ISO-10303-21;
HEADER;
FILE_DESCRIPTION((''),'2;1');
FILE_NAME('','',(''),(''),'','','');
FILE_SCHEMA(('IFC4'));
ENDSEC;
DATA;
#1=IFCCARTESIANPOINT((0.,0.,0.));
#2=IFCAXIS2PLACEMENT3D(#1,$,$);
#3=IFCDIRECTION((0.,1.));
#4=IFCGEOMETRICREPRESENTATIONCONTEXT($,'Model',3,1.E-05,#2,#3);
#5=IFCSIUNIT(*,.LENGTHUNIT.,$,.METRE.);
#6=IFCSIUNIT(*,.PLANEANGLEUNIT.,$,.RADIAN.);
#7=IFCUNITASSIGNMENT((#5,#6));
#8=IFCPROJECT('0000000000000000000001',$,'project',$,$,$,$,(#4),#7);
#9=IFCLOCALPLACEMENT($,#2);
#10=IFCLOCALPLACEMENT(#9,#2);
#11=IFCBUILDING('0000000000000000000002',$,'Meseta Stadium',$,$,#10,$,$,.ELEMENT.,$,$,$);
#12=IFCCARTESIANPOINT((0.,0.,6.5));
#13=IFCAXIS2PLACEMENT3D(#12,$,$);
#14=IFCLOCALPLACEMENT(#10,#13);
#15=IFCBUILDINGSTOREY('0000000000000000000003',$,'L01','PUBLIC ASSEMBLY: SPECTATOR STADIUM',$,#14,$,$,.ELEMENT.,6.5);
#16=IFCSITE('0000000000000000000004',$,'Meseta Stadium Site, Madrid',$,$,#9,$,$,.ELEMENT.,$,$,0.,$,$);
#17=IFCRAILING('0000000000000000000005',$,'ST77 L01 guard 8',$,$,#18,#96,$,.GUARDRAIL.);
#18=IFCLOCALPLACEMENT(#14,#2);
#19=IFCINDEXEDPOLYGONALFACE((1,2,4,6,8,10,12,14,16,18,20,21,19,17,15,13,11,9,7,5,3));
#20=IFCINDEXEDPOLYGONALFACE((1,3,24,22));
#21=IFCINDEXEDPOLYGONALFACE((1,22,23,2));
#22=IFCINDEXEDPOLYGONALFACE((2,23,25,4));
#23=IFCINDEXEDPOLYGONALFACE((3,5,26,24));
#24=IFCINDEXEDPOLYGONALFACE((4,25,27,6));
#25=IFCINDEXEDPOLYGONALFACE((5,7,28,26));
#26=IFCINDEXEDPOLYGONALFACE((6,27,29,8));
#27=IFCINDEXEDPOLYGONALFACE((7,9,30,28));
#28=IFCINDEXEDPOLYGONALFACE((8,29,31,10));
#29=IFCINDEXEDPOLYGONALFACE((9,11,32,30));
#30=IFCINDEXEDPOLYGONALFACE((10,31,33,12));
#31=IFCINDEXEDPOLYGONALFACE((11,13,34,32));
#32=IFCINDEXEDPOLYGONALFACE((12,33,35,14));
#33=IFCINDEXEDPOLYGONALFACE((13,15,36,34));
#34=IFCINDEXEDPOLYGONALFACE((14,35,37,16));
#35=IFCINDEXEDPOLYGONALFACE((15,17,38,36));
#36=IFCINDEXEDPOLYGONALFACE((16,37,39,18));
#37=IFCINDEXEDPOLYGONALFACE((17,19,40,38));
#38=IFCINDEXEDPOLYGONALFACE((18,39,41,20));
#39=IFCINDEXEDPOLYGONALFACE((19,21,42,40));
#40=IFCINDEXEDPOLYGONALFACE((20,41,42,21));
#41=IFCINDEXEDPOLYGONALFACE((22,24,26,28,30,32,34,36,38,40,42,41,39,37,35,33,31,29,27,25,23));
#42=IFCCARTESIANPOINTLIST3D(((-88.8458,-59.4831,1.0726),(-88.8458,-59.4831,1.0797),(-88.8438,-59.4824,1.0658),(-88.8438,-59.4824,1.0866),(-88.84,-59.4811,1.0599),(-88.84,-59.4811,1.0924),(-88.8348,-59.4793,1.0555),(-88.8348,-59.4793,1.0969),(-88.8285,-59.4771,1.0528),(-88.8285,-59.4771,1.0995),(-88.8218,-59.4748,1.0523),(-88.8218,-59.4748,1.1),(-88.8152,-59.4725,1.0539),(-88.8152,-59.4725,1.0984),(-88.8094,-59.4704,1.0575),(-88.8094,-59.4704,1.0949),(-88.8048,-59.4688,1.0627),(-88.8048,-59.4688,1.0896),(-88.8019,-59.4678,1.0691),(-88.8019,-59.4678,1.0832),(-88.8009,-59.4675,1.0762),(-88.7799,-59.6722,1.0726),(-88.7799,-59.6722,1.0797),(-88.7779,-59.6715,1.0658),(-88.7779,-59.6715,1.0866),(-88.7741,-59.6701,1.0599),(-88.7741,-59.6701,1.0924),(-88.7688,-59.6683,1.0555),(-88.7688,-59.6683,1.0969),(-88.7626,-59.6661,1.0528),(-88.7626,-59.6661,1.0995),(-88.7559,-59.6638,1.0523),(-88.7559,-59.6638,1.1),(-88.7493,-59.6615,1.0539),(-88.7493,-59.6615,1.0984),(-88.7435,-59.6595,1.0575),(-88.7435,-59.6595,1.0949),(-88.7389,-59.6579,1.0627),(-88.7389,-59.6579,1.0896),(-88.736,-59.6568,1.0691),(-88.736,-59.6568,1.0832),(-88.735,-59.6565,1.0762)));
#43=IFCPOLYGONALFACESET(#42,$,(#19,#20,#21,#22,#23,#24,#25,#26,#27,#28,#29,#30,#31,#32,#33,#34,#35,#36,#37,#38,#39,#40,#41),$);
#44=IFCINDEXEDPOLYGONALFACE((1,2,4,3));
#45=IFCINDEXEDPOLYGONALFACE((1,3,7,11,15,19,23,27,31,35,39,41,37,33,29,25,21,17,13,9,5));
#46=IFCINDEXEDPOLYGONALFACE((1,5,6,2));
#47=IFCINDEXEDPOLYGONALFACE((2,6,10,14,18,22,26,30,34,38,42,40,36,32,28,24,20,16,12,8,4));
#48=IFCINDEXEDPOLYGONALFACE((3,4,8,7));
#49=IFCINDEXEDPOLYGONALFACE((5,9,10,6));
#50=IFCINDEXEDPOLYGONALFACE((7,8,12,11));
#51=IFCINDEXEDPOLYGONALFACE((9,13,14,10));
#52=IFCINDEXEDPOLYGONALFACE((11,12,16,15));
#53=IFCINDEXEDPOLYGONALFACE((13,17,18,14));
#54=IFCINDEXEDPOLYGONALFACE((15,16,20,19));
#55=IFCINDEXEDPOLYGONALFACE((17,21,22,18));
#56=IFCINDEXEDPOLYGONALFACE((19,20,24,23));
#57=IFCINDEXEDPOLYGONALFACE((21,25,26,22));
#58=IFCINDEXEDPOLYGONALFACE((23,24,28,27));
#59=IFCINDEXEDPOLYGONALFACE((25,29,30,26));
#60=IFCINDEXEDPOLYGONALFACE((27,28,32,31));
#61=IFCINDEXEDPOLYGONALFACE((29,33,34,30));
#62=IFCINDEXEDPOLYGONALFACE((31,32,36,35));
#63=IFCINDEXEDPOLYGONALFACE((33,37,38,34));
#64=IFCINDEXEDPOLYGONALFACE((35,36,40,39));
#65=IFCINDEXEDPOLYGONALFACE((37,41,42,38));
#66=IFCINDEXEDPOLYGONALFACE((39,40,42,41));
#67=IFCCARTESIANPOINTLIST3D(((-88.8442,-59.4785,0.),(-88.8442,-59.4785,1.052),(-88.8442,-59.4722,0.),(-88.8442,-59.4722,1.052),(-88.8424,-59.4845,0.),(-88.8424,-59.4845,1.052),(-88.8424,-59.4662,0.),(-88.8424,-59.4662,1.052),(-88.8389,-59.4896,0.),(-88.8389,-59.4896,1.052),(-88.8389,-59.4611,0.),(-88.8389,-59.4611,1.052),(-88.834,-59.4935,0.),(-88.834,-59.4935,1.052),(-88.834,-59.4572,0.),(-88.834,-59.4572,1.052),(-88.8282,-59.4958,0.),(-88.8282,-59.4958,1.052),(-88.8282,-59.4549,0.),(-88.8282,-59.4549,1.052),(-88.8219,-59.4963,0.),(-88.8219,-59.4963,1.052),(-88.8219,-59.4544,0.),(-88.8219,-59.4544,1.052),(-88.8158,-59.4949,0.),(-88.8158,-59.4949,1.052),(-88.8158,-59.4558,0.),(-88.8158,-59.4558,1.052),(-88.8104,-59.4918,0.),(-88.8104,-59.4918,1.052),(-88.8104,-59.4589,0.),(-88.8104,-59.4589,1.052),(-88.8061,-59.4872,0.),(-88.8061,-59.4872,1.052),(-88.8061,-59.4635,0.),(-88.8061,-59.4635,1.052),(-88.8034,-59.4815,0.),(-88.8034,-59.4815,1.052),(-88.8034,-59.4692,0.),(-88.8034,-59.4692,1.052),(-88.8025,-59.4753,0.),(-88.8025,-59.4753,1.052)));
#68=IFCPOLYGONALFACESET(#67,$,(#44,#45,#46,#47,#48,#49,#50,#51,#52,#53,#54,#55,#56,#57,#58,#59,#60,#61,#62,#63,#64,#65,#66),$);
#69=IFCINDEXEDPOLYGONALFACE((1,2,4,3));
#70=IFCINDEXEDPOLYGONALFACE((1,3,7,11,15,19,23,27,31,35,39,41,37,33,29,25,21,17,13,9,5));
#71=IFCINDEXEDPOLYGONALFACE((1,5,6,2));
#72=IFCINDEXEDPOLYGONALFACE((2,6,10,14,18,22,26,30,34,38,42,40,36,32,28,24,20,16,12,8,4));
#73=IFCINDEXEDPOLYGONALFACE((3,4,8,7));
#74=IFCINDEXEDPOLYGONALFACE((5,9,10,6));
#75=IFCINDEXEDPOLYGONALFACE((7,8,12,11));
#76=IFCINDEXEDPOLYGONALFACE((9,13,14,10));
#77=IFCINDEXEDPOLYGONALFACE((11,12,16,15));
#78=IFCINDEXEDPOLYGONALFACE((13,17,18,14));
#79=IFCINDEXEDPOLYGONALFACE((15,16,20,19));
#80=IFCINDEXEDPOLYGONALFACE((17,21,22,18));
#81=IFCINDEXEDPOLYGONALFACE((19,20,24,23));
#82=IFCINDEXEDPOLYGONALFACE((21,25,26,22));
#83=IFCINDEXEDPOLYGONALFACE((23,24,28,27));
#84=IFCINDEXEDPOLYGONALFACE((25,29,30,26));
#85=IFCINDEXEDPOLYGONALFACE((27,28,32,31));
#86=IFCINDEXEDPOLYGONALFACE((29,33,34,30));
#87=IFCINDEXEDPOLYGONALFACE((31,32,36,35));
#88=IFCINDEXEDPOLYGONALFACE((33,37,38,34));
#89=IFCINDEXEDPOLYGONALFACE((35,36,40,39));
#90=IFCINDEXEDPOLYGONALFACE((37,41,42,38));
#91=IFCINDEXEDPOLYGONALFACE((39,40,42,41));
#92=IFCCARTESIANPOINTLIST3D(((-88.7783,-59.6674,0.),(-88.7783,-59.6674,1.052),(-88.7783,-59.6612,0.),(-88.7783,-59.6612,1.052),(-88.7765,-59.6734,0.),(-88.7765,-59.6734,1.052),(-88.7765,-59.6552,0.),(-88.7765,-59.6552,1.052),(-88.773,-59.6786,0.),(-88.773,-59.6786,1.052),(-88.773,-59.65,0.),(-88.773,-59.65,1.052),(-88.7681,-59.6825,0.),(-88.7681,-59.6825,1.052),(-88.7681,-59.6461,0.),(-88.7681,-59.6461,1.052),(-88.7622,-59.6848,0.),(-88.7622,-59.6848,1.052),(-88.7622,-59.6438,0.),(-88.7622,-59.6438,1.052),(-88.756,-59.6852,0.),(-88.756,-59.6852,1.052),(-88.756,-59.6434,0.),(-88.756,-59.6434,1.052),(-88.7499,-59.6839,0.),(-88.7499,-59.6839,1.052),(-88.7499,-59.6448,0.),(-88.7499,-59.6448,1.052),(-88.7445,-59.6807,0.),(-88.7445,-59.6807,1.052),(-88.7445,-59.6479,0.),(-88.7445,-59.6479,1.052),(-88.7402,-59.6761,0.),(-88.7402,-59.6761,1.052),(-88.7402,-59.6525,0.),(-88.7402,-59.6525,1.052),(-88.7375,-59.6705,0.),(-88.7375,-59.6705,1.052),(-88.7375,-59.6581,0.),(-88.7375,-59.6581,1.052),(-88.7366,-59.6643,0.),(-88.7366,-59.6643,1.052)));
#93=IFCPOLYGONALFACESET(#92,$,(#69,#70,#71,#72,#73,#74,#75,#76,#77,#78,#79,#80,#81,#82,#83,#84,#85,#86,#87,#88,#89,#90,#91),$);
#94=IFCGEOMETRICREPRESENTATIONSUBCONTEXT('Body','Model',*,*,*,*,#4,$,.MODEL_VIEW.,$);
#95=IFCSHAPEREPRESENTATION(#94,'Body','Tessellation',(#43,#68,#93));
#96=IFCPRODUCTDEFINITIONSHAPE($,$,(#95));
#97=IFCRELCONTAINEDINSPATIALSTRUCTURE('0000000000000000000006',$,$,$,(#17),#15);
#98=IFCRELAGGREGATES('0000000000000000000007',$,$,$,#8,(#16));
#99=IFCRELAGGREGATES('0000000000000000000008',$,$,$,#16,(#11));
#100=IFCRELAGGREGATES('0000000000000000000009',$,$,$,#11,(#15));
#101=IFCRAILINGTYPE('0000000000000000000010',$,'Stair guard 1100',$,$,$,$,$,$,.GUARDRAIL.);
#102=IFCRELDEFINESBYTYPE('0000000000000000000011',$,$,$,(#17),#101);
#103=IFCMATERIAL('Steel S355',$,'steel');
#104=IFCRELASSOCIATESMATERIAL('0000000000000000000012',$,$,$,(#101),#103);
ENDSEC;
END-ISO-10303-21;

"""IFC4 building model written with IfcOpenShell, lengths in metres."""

from ifc_helpers import new_model, si_unit, direction, frame, origin, origin_2d, place, context, subcontext, project, spatial, circle, extrude, material, type_object, element, save


model = new_model("IFC4")

# Units and contexts
model_context = context("Model", 3, precision=1e-05, world=origin(), true_north=direction((0.0, 1.0)))
body_context = subcontext(model_context, "Body", "Model", "MODEL_VIEW")
ifc_project = project(units=[si_unit("LENGTHUNIT", "METRE"), si_unit("PLANEANGLEUNIT", "RADIAN")], contexts=[model_context])

# Site, building, storey
site_placement = place(None, origin())
site = spatial("IfcSite", under=ifc_project, at=site_placement, Name="Meseta Stadium Site, Madrid", CompositionType="ELEMENT", RefElevation=0.0)
building_placement = place(site_placement, origin())
building = spatial("IfcBuilding", under=site, at=building_placement, Name="Meseta Stadium", CompositionType="ELEMENT")
storey_placement = place(building_placement, frame((0.0, 0.0, 6.5)))
storey = spatial("IfcBuildingStorey", under=building, at=storey_placement, Name="L01", Description="PUBLIC ASSEMBLY: SPECTATOR STADIUM", CompositionType="ELEMENT", Elevation=6.5)

# Railing
ifc_material_1 = material(Name="Steel S355", Category="steel")
railing_type_1 = type_object("IfcRailingType", Name="Stair guard 1100", PredefinedType="GUARDRAIL", material=ifc_material_1)
for number, where, name in (
    (1, (-88.8235, -59.4753, 0.0), "ST77 L01 guard 8"),
):
    element("IfcRailing", number, at=place(storey_placement, frame(where)), inside=storey, type_object=railing_type_1, Name=name, PredefinedType="GUARDRAIL", context=body_context, shape_type="SweptSolid", body=[
        extrude(circle(Radius=0.0239, at=origin_2d()), frame((0.0, 0.0, 1.0762), z_axis=(0.329372, -0.9442, 0.0), x_axis=(0.9442, 0.329372, 0.0)), (0.0, 0.0, 1.0), 0.2002),
        extrude(circle(Radius=0.021, at=origin_2d()), origin(), (0.0, 0.0, 1.0), 1.052),
        extrude(circle(Radius=0.021, at=origin_2d()), frame((0.0659, -0.189, 0.0)), (0.0, 0.0, 1.0), 1.052),
    ])

save(model, "model.ifc")
